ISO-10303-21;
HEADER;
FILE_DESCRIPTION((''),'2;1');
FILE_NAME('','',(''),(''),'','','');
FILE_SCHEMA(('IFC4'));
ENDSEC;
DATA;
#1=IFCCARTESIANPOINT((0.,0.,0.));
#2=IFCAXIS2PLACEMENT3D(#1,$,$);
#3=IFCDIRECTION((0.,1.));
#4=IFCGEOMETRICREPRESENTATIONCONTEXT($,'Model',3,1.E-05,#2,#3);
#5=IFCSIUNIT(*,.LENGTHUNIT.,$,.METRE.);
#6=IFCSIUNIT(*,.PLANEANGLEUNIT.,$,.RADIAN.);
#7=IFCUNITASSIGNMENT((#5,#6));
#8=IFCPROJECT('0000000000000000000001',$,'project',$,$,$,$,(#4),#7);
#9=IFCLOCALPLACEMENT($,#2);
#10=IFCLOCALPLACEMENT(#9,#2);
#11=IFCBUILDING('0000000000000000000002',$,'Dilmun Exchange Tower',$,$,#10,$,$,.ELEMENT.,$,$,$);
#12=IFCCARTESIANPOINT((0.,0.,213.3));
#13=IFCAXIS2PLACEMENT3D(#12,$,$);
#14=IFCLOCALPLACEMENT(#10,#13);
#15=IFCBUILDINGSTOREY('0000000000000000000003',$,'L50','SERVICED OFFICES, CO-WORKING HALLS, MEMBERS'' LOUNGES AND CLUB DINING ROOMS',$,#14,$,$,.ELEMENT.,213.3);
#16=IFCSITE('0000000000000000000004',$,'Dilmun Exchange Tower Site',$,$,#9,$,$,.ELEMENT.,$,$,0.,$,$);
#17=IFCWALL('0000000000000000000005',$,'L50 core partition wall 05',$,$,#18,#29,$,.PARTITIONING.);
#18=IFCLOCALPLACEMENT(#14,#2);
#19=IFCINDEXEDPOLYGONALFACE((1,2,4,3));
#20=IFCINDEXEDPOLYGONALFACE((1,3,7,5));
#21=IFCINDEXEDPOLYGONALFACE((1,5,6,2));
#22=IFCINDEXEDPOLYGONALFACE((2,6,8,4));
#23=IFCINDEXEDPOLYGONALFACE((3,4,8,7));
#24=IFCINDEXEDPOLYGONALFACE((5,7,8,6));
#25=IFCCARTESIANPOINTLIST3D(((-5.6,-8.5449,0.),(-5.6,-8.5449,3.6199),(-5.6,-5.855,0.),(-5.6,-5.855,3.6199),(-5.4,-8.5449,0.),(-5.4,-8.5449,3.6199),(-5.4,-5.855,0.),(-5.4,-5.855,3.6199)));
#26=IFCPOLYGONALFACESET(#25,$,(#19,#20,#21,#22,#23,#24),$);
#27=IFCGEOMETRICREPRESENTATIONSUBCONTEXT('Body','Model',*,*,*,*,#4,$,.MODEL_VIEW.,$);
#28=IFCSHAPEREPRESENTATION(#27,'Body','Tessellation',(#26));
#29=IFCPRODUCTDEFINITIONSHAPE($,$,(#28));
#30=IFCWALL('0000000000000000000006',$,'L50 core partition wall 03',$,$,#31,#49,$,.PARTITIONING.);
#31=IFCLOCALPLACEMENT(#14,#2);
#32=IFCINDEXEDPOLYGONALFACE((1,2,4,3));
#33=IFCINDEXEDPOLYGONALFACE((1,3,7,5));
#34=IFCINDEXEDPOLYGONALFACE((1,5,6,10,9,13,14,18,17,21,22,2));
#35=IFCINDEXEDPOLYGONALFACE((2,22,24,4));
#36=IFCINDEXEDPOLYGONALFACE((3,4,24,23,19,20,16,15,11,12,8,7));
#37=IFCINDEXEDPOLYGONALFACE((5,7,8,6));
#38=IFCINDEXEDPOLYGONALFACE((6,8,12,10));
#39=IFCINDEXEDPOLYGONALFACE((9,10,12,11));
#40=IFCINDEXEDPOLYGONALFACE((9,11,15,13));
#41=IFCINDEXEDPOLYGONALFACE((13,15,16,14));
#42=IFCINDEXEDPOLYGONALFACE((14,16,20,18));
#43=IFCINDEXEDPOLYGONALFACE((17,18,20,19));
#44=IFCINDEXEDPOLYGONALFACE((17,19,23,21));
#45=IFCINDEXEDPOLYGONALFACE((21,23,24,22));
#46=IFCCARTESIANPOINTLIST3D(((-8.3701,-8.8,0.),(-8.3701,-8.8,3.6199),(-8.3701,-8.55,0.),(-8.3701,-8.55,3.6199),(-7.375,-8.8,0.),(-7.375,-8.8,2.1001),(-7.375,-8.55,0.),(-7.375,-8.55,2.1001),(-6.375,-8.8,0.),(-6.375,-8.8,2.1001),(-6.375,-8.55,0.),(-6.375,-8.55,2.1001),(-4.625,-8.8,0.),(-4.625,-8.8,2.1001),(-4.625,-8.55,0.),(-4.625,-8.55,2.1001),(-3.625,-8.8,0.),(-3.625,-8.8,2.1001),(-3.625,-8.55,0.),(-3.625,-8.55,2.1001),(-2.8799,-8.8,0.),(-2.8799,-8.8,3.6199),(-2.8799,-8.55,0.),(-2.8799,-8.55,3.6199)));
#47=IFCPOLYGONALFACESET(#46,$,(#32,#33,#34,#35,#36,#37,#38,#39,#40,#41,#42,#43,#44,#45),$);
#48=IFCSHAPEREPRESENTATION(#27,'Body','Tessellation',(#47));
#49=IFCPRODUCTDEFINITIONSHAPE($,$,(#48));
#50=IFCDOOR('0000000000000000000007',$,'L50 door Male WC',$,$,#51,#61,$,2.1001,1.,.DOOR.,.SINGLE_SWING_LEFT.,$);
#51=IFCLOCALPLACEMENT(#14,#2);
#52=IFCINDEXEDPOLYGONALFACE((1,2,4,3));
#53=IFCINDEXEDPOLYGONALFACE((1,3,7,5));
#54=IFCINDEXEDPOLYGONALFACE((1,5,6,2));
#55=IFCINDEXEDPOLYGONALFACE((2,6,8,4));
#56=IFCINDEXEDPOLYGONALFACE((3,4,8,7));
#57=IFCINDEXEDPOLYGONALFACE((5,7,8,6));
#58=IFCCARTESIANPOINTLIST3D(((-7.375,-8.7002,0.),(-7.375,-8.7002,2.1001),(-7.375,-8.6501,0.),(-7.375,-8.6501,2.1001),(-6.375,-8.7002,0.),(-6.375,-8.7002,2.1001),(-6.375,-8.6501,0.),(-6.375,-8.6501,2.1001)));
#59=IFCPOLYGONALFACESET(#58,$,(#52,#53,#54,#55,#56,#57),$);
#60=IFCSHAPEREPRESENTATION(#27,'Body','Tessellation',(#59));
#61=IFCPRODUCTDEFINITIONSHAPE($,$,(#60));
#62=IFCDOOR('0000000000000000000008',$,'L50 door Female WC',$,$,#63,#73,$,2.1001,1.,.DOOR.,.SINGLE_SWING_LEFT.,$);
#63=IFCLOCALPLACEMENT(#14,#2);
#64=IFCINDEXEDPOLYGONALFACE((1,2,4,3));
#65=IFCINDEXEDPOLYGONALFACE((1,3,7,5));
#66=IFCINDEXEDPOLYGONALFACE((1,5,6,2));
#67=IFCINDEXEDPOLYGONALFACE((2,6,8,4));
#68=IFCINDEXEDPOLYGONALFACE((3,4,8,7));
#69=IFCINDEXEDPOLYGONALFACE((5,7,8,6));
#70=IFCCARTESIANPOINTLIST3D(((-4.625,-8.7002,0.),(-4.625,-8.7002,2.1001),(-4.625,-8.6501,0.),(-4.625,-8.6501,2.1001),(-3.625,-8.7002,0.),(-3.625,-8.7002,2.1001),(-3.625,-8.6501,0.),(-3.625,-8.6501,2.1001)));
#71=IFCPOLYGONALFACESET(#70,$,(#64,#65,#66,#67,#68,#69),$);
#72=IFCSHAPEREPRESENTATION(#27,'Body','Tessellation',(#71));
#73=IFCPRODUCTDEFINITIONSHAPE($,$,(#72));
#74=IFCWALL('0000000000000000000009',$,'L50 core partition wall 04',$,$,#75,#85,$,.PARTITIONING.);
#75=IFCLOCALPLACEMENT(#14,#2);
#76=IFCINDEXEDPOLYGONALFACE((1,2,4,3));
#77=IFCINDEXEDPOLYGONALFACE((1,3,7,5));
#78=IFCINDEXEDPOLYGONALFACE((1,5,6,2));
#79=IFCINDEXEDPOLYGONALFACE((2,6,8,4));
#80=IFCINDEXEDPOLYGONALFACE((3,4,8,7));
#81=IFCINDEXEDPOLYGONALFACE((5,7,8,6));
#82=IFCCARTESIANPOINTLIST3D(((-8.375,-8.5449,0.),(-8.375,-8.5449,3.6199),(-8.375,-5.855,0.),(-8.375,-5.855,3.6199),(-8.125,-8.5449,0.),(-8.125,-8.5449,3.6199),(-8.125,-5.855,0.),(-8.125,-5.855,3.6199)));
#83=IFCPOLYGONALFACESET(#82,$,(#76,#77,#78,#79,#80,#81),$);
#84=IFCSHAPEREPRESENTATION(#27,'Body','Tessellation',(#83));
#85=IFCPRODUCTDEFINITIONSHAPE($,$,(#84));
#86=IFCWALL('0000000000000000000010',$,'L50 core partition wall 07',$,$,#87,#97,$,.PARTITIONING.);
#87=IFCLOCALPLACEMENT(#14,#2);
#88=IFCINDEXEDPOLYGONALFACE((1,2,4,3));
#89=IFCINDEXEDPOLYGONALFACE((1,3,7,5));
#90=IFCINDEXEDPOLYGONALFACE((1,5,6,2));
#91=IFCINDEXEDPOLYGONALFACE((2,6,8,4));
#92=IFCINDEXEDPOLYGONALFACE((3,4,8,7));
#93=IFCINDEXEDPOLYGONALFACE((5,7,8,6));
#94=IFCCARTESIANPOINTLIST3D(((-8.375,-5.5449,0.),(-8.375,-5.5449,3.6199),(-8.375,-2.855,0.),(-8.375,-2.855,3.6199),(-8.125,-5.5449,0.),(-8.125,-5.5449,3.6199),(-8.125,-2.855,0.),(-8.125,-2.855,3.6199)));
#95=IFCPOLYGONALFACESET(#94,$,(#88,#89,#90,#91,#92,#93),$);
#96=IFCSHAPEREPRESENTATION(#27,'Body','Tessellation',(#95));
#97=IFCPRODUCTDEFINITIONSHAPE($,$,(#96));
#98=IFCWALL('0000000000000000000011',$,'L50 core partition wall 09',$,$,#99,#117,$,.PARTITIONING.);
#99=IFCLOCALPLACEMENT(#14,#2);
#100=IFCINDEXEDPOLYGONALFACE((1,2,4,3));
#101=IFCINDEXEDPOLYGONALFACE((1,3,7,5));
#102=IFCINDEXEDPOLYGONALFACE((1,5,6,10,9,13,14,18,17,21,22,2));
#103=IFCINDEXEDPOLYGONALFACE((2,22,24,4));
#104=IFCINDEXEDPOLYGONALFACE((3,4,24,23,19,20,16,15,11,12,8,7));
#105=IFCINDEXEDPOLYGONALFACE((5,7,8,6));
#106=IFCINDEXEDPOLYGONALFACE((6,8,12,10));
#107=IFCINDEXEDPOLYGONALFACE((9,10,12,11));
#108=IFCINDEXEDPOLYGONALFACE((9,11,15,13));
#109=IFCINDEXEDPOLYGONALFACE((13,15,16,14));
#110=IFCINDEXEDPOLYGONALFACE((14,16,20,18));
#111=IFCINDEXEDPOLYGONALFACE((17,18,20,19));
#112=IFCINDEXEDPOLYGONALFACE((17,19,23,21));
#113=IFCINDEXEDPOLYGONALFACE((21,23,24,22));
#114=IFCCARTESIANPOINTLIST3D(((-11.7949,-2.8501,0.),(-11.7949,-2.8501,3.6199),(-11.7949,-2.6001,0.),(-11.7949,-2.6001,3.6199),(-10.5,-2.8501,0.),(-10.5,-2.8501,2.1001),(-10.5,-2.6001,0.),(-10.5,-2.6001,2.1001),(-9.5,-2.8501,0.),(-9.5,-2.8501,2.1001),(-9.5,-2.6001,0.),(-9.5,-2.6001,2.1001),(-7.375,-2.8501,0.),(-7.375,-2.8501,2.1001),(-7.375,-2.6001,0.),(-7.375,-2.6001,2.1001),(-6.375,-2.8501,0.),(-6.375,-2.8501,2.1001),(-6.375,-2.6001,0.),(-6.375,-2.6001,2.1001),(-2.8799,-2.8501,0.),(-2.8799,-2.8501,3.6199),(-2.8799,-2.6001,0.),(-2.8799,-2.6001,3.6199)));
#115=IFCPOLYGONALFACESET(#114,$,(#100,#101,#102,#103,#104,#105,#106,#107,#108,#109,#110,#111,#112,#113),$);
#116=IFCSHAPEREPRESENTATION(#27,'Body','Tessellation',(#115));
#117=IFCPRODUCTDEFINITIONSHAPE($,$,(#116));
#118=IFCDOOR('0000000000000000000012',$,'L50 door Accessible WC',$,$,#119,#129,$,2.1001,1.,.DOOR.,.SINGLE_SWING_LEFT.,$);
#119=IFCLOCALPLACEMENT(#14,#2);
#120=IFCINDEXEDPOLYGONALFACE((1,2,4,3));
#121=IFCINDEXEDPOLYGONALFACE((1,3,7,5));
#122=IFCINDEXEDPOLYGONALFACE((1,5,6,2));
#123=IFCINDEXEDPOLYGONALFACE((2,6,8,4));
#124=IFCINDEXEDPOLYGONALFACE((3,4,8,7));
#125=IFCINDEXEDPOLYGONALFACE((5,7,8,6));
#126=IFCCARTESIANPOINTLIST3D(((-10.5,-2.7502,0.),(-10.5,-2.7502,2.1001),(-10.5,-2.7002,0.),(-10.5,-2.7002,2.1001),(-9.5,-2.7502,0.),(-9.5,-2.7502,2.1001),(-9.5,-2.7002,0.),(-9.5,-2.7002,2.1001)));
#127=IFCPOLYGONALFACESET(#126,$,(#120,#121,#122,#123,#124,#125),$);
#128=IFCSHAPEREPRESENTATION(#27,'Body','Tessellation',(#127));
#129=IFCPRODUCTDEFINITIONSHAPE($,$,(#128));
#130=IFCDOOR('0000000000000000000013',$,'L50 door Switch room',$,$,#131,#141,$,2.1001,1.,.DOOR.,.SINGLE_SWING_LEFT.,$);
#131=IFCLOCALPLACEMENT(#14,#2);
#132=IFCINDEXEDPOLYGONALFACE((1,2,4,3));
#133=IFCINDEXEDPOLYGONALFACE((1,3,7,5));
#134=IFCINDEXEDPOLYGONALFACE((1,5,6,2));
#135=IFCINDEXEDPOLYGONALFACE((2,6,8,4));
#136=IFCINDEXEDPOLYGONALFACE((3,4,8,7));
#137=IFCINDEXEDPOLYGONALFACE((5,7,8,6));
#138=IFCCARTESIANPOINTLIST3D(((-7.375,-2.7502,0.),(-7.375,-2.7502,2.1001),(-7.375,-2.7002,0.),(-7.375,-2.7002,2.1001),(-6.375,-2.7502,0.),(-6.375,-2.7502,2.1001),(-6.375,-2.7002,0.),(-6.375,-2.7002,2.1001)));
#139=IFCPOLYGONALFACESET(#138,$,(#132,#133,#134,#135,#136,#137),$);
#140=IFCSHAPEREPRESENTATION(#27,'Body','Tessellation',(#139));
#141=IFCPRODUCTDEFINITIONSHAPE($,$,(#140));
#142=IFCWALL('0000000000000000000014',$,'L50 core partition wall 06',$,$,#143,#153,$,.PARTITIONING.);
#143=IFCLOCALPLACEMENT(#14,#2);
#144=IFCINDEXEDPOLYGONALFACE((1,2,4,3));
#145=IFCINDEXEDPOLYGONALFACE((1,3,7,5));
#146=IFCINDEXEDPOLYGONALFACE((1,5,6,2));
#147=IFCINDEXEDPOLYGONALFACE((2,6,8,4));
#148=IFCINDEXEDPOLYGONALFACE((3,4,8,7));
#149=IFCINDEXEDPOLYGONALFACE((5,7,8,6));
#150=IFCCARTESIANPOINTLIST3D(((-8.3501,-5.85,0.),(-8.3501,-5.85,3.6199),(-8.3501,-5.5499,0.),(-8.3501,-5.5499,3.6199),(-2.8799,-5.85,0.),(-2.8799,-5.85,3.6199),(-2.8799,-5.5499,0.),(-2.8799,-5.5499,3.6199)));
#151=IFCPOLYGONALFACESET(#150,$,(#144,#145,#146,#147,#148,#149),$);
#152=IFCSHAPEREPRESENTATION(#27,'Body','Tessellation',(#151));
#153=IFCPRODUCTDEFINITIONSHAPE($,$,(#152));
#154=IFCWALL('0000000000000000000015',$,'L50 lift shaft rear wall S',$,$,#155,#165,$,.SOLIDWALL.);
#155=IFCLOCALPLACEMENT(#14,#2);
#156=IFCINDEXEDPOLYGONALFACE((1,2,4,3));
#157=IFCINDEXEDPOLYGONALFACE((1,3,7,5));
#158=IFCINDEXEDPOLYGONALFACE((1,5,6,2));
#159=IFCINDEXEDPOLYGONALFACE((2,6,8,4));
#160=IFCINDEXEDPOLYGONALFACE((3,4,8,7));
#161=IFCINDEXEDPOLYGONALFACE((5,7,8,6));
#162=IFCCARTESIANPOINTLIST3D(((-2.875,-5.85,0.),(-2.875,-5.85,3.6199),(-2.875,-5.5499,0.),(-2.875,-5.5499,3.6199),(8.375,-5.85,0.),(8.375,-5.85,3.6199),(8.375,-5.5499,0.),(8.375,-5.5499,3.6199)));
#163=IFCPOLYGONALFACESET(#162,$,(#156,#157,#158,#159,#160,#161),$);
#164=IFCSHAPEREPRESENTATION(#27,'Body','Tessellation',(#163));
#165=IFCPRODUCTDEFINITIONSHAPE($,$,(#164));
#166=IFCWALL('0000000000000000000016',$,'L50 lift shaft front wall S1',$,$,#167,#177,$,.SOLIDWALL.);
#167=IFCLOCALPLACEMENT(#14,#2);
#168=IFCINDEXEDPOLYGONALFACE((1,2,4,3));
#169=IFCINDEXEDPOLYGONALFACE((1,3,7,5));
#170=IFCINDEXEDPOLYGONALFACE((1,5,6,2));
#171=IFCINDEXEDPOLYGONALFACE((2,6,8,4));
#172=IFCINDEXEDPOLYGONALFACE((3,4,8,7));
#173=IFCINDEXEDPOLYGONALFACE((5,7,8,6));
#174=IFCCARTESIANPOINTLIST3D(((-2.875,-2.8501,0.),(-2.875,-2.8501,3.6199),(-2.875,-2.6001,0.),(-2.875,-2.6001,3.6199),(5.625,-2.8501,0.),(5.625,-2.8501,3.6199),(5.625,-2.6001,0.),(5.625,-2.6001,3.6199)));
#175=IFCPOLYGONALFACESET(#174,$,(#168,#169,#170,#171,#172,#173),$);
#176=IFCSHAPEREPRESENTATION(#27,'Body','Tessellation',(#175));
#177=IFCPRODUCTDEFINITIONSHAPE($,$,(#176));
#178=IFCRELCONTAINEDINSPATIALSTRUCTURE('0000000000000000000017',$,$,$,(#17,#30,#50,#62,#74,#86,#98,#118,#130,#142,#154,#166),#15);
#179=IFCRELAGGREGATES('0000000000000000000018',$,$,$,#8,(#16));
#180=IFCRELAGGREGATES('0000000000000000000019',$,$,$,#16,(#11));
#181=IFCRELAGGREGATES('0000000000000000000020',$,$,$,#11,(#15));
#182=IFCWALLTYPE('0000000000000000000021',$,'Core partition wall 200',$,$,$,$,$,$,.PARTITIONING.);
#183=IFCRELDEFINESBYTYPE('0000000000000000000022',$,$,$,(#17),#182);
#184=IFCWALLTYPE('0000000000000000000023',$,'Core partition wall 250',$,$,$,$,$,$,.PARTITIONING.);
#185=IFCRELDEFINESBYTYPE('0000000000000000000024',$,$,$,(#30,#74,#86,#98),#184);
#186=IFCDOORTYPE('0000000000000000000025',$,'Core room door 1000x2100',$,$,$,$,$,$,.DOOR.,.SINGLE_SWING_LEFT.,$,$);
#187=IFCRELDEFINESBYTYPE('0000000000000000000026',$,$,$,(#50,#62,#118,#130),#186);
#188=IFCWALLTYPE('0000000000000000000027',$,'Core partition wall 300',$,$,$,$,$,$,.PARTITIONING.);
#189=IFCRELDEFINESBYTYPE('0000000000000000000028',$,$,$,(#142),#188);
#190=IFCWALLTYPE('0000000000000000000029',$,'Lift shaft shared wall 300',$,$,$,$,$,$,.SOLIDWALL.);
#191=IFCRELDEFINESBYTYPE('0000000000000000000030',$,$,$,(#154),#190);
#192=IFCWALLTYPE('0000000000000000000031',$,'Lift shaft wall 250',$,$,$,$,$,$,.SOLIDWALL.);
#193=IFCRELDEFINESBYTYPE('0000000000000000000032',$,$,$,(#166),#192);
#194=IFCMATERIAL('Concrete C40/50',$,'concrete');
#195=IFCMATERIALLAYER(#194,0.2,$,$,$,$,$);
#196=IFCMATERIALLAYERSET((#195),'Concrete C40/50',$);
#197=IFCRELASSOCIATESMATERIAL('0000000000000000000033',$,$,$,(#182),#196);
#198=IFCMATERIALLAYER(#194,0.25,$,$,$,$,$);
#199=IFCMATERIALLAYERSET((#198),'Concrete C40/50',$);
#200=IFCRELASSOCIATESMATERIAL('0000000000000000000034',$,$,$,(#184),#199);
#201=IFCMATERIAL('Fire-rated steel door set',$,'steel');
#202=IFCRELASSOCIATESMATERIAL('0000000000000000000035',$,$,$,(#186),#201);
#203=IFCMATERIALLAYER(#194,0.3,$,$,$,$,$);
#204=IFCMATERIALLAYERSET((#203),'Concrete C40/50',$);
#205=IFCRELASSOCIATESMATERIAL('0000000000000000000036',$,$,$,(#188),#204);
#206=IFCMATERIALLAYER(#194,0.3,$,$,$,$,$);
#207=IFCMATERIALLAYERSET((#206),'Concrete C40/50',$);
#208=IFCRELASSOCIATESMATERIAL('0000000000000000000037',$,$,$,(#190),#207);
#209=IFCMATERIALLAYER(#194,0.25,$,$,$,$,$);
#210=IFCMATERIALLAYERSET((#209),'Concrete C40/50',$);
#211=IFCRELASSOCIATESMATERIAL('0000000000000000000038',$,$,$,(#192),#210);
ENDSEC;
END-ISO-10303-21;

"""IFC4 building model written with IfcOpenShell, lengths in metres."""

from ifc_helpers import new_model, si_unit, direction, frame, frame_2d, origin, place, context, subcontext, project, spatial, rectangle, extrude, material, layer, layer_set, type_object, element, fill, save


model = new_model("IFC4")

# Units and contexts
model_context = context("Model", 3, precision=1e-05, world=origin(), true_north=direction((0.0, 1.0)))
body_context = subcontext(model_context, "Body", "Model", "MODEL_VIEW")
ifc_project = project(units=[si_unit("LENGTHUNIT", "METRE"), si_unit("PLANEANGLEUNIT", "RADIAN")], contexts=[model_context])

# Site, building, storey
site_placement = place(None, origin())
site = spatial("IfcSite", under=ifc_project, at=site_placement, Name="Dilmun Exchange Tower Site", CompositionType="ELEMENT", RefElevation=0.0)
building_placement = place(site_placement, origin())
building = spatial("IfcBuilding", under=site, at=building_placement, Name="Dilmun Exchange Tower", CompositionType="ELEMENT")
storey_placement = place(building_placement, frame((0.0, 0.0, 213.3)))
storey = spatial("IfcBuildingStorey", under=building, at=storey_placement, Name="L50", Description="SERVICED OFFICES, CO-WORKING HALLS, MEMBERS' LOUNGES AND CLUB DINING ROOMS", CompositionType="ELEMENT", Elevation=213.3)

# Wall
ifc_material_1 = material(Name="Concrete C40/50", Category="concrete")
ifc_layer_1 = layer(ifc_material_1, 0.2)
ifc_layer_set_1 = layer_set([ifc_layer_1], Name="Concrete C40/50")
wall_type_1 = type_object("IfcWallType", Name="Core partition wall 200", PredefinedType="PARTITIONING", material=ifc_layer_set_1)
wall_1_placement = place(storey_placement, frame((-5.5, -8.5449, 0.0), z_axis=(0.0, 0.0, 1.0), x_axis=(0.0, 1.0, 0.0)))
element("IfcWall", 1, at=wall_1_placement, inside=storey, type_object=wall_type_1, Name="L50 core partition wall 05", PredefinedType="PARTITIONING", context=body_context, shape_type="SweptSolid", body=[
    extrude(rectangle(XDim=2.6899, YDim=0.2, at=frame_2d((1.345, 0.0))), origin(), (0.0, 0.0, 1.0), 3.6199),
])

# Wall, openings, doors
ifc_layer_2 = layer(ifc_material_1, 0.25)
ifc_layer_set_2 = layer_set([ifc_layer_2], Name="Concrete C40/50")
wall_type_2 = type_object("IfcWallType", Name="Core partition wall 250", PredefinedType="PARTITIONING", material=ifc_layer_set_2)
wall_2_placement = place(storey_placement, frame((-8.3701, -8.675, 0.0), z_axis=(0.0, 0.0, 1.0), x_axis=(1.0, 0.0, 0.0)))
wall_2 = element("IfcWall", 2, at=wall_2_placement, inside=storey, type_object=wall_type_2, Name="L50 core partition wall 03", PredefinedType="PARTITIONING", context=body_context, shape_type="SweptSolid", body=[
    extrude(rectangle(XDim=5.4902, YDim=0.25, at=frame_2d((2.7451, 0.0))), origin(), (0.0, 0.0, 1.0), 3.6199),
])
opening_1_placement = place(wall_2_placement, frame((0.9951, 0.0, 0.0)))
opening_1 = element("IfcOpeningElement", 3, at=opening_1_placement, cuts=wall_2, PredefinedType="OPENING", context=body_context, shape_type="SweptSolid", body=[
    extrude(rectangle(XDim=1.0, YDim=2.1001, at=frame_2d((0.5, 1.05))), frame((0.0, 0.135, 0.0), z_axis=(0.0, -1.0, 0.0), x_axis=(1.0, 0.0, 0.0)), (0.0, 0.0, 1.0), 0.27),
])
opening_2_placement = place(wall_2_placement, frame((3.7451, 0.0, 0.0)))
opening_2 = element("IfcOpeningElement", 4, at=opening_2_placement, cuts=wall_2, PredefinedType="OPENING", context=body_context, shape_type="SweptSolid", body=[
    extrude(rectangle(XDim=1.0, YDim=2.1001, at=frame_2d((0.5, 1.05))), frame((0.0, 0.135, 0.0), z_axis=(0.0, -1.0, 0.0), x_axis=(1.0, 0.0, 0.0)), (0.0, 0.0, 1.0), 0.27),
])
ifc_material_2 = material(Name="Fire-rated steel door set", Category="steel")
door_type_1 = type_object("IfcDoorType", Name="Core room door 1000x2100", OperationType="SINGLE_SWING_LEFT", PredefinedType="DOOR", material=ifc_material_2)
door_1_placement = place(opening_1_placement, origin())
door_1 = element("IfcDoor", 5, at=door_1_placement, inside=storey, type_object=door_type_1, Name="L50 door Male WC", OperationType="SINGLE_SWING_LEFT", OverallHeight=2.1001, OverallWidth=1.0, PredefinedType="DOOR", context=body_context, shape_type="SweptSolid", body=[
    extrude(rectangle(XDim=1.0, YDim=2.1001, at=frame_2d((0.5, 1.05))), frame((0.0, 0.0249, 0.0), z_axis=(0.0, -1.0, 0.0), x_axis=(1.0, 0.0, 0.0)), (0.0, 0.0, 1.0), 0.05),
])
fill(opening_1, door_1)
door_2_placement = place(opening_2_placement, origin())
door_2 = element("IfcDoor", 6, at=door_2_placement, inside=storey, type_object=door_type_1, Name="L50 door Female WC", OperationType="SINGLE_SWING_LEFT", OverallHeight=2.1001, OverallWidth=1.0, PredefinedType="DOOR", context=body_context, shape_type="SweptSolid", body=[
    extrude(rectangle(XDim=1.0, YDim=2.1001, at=frame_2d((0.5, 1.05))), frame((0.0, 0.0249, 0.0), z_axis=(0.0, -1.0, 0.0), x_axis=(1.0, 0.0, 0.0)), (0.0, 0.0, 1.0), 0.05),
])
fill(opening_2, door_2)

# Walls
for number, where, z_axis, x_axis, name in (
    (7, (-8.25, -8.5449, 0.0), (0.0, 0.0, 1.0), (0.0, 1.0, 0.0), "L50 core partition wall 04"),
    (8, (-8.25, -5.5449, 0.0), (0.0, 0.0, 1.0), (0.0, 1.0, 0.0), "L50 core partition wall 07"),
):
    element("IfcWall", number, at=place(storey_placement, frame(where, z_axis=z_axis, x_axis=x_axis)), inside=storey, type_object=wall_type_2, Name=name, PredefinedType="PARTITIONING", context=body_context, shape_type="SweptSolid", body=[
        extrude(rectangle(XDim=2.6899, YDim=0.25, at=frame_2d((1.345, 0.0))), origin(), (0.0, 0.0, 1.0), 3.6199),
    ])

# Wall, openings, doors
wall_3_placement = place(storey_placement, frame((-11.7949, -2.7251, 0.0), z_axis=(0.0, 0.0, 1.0), x_axis=(1.0, 0.0, 0.0)))
wall_3 = element("IfcWall", 9, at=wall_3_placement, inside=storey, type_object=wall_type_2, Name="L50 core partition wall 09", PredefinedType="PARTITIONING", context=body_context, shape_type="SweptSolid", body=[
    extrude(rectangle(XDim=8.915, YDim=0.25, at=frame_2d((4.4575, 0.0))), origin(), (0.0, 0.0, 1.0), 3.6199),
])
opening_3_placement = place(wall_3_placement, frame((1.2949, 0.0, 0.0)))
opening_3 = element("IfcOpeningElement", 10, at=opening_3_placement, cuts=wall_3, PredefinedType="OPENING", context=body_context, shape_type="SweptSolid", body=[
    extrude(rectangle(XDim=1.0, YDim=2.1001, at=frame_2d((0.5, 1.05))), frame((0.0, 0.135, 0.0), z_axis=(0.0, -1.0, 0.0), x_axis=(1.0, 0.0, 0.0)), (0.0, 0.0, 1.0), 0.27),
])
opening_4_placement = place(wall_3_placement, frame((4.4199, 0.0, 0.0)))
opening_4 = element("IfcOpeningElement", 11, at=opening_4_placement, cuts=wall_3, PredefinedType="OPENING", context=body_context, shape_type="SweptSolid", body=[
    extrude(rectangle(XDim=1.0, YDim=2.1001, at=frame_2d((0.5, 1.05))), frame((0.0, 0.135, 0.0), z_axis=(0.0, -1.0, 0.0), x_axis=(1.0, 0.0, 0.0)), (0.0, 0.0, 1.0), 0.27),
])
door_3_placement = place(opening_3_placement, origin())
door_3 = element("IfcDoor", 12, at=door_3_placement, inside=storey, type_object=door_type_1, Name="L50 door Accessible WC", OperationType="SINGLE_SWING_LEFT", OverallHeight=2.1001, OverallWidth=1.0, PredefinedType="DOOR", context=body_context, shape_type="SweptSolid", body=[
    extrude(rectangle(XDim=1.0, YDim=2.1001, at=frame_2d((0.5, 1.05))), frame((0.0, 0.0249, 0.0), z_axis=(0.0, -1.0, 0.0), x_axis=(1.0, 0.0, 0.0)), (0.0, 0.0, 1.0), 0.05),
])
fill(opening_3, door_3)
door_4_placement = place(opening_4_placement, origin())
door_4 = element("IfcDoor", 13, at=door_4_placement, inside=storey, type_object=door_type_1, Name="L50 door Switch room", OperationType="SINGLE_SWING_LEFT", OverallHeight=2.1001, OverallWidth=1.0, PredefinedType="DOOR", context=body_context, shape_type="SweptSolid", body=[
    extrude(rectangle(XDim=1.0, YDim=2.1001, at=frame_2d((0.5, 1.05))), frame((0.0, 0.0249, 0.0), z_axis=(0.0, -1.0, 0.0), x_axis=(1.0, 0.0, 0.0)), (0.0, 0.0, 1.0), 0.05),
])
fill(opening_4, door_4)

# Walls
ifc_layer_3 = layer(ifc_material_1, 0.3)
ifc_layer_set_3 = layer_set([ifc_layer_3], Name="Concrete C40/50")
wall_type_3 = type_object("IfcWallType", Name="Core partition wall 300", PredefinedType="PARTITIONING", material=ifc_layer_set_3)
wall_4_placement = place(storey_placement, frame((-8.3501, -5.7, 0.0), z_axis=(0.0, 0.0, 1.0), x_axis=(1.0, 0.0, 0.0)))
element("IfcWall", 14, at=wall_4_placement, inside=storey, type_object=wall_type_3, Name="L50 core partition wall 06", PredefinedType="PARTITIONING", context=body_context, shape_type="SweptSolid", body=[
    extrude(rectangle(XDim=5.4702, YDim=0.3, at=frame_2d((2.7351, 0.0))), origin(), (0.0, 0.0, 1.0), 3.6199),
])
ifc_layer_4 = layer(ifc_material_1, 0.3)
ifc_layer_set_4 = layer_set([ifc_layer_4], Name="Concrete C40/50")
wall_type_4 = type_object("IfcWallType", Name="Lift shaft shared wall 300", PredefinedType="SOLIDWALL", material=ifc_layer_set_4)
wall_5_placement = place(storey_placement, frame((-2.875, -5.7, 0.0), z_axis=(0.0, 0.0, 1.0), x_axis=(1.0, 0.0, 0.0)))
element("IfcWall", 15, at=wall_5_placement, inside=storey, type_object=wall_type_4, Name="L50 lift shaft rear wall S", PredefinedType="SOLIDWALL", context=body_context, shape_type="SweptSolid", body=[
    extrude(rectangle(XDim=11.25, YDim=0.3, at=frame_2d((5.625, 0.0))), origin(), (0.0, 0.0, 1.0), 3.6199),
])
ifc_layer_5 = layer(ifc_material_1, 0.25)
ifc_layer_set_5 = layer_set([ifc_layer_5], Name="Concrete C40/50")
wall_type_5 = type_object("IfcWallType", Name="Lift shaft wall 250", PredefinedType="SOLIDWALL", material=ifc_layer_set_5)
wall_6_placement = place(storey_placement, frame((-2.875, -2.7251, 0.0), z_axis=(0.0, 0.0, 1.0), x_axis=(1.0, 0.0, 0.0)))
element("IfcWall", 16, at=wall_6_placement, inside=storey, type_object=wall_type_5, Name="L50 lift shaft front wall S1", PredefinedType="SOLIDWALL", context=body_context, shape_type="SweptSolid", body=[
    extrude(rectangle(XDim=8.5, YDim=0.25, at=frame_2d((4.25, 0.0))), origin(), (0.0, 0.0, 1.0), 3.6199),
])

save(model, "model.ifc")
